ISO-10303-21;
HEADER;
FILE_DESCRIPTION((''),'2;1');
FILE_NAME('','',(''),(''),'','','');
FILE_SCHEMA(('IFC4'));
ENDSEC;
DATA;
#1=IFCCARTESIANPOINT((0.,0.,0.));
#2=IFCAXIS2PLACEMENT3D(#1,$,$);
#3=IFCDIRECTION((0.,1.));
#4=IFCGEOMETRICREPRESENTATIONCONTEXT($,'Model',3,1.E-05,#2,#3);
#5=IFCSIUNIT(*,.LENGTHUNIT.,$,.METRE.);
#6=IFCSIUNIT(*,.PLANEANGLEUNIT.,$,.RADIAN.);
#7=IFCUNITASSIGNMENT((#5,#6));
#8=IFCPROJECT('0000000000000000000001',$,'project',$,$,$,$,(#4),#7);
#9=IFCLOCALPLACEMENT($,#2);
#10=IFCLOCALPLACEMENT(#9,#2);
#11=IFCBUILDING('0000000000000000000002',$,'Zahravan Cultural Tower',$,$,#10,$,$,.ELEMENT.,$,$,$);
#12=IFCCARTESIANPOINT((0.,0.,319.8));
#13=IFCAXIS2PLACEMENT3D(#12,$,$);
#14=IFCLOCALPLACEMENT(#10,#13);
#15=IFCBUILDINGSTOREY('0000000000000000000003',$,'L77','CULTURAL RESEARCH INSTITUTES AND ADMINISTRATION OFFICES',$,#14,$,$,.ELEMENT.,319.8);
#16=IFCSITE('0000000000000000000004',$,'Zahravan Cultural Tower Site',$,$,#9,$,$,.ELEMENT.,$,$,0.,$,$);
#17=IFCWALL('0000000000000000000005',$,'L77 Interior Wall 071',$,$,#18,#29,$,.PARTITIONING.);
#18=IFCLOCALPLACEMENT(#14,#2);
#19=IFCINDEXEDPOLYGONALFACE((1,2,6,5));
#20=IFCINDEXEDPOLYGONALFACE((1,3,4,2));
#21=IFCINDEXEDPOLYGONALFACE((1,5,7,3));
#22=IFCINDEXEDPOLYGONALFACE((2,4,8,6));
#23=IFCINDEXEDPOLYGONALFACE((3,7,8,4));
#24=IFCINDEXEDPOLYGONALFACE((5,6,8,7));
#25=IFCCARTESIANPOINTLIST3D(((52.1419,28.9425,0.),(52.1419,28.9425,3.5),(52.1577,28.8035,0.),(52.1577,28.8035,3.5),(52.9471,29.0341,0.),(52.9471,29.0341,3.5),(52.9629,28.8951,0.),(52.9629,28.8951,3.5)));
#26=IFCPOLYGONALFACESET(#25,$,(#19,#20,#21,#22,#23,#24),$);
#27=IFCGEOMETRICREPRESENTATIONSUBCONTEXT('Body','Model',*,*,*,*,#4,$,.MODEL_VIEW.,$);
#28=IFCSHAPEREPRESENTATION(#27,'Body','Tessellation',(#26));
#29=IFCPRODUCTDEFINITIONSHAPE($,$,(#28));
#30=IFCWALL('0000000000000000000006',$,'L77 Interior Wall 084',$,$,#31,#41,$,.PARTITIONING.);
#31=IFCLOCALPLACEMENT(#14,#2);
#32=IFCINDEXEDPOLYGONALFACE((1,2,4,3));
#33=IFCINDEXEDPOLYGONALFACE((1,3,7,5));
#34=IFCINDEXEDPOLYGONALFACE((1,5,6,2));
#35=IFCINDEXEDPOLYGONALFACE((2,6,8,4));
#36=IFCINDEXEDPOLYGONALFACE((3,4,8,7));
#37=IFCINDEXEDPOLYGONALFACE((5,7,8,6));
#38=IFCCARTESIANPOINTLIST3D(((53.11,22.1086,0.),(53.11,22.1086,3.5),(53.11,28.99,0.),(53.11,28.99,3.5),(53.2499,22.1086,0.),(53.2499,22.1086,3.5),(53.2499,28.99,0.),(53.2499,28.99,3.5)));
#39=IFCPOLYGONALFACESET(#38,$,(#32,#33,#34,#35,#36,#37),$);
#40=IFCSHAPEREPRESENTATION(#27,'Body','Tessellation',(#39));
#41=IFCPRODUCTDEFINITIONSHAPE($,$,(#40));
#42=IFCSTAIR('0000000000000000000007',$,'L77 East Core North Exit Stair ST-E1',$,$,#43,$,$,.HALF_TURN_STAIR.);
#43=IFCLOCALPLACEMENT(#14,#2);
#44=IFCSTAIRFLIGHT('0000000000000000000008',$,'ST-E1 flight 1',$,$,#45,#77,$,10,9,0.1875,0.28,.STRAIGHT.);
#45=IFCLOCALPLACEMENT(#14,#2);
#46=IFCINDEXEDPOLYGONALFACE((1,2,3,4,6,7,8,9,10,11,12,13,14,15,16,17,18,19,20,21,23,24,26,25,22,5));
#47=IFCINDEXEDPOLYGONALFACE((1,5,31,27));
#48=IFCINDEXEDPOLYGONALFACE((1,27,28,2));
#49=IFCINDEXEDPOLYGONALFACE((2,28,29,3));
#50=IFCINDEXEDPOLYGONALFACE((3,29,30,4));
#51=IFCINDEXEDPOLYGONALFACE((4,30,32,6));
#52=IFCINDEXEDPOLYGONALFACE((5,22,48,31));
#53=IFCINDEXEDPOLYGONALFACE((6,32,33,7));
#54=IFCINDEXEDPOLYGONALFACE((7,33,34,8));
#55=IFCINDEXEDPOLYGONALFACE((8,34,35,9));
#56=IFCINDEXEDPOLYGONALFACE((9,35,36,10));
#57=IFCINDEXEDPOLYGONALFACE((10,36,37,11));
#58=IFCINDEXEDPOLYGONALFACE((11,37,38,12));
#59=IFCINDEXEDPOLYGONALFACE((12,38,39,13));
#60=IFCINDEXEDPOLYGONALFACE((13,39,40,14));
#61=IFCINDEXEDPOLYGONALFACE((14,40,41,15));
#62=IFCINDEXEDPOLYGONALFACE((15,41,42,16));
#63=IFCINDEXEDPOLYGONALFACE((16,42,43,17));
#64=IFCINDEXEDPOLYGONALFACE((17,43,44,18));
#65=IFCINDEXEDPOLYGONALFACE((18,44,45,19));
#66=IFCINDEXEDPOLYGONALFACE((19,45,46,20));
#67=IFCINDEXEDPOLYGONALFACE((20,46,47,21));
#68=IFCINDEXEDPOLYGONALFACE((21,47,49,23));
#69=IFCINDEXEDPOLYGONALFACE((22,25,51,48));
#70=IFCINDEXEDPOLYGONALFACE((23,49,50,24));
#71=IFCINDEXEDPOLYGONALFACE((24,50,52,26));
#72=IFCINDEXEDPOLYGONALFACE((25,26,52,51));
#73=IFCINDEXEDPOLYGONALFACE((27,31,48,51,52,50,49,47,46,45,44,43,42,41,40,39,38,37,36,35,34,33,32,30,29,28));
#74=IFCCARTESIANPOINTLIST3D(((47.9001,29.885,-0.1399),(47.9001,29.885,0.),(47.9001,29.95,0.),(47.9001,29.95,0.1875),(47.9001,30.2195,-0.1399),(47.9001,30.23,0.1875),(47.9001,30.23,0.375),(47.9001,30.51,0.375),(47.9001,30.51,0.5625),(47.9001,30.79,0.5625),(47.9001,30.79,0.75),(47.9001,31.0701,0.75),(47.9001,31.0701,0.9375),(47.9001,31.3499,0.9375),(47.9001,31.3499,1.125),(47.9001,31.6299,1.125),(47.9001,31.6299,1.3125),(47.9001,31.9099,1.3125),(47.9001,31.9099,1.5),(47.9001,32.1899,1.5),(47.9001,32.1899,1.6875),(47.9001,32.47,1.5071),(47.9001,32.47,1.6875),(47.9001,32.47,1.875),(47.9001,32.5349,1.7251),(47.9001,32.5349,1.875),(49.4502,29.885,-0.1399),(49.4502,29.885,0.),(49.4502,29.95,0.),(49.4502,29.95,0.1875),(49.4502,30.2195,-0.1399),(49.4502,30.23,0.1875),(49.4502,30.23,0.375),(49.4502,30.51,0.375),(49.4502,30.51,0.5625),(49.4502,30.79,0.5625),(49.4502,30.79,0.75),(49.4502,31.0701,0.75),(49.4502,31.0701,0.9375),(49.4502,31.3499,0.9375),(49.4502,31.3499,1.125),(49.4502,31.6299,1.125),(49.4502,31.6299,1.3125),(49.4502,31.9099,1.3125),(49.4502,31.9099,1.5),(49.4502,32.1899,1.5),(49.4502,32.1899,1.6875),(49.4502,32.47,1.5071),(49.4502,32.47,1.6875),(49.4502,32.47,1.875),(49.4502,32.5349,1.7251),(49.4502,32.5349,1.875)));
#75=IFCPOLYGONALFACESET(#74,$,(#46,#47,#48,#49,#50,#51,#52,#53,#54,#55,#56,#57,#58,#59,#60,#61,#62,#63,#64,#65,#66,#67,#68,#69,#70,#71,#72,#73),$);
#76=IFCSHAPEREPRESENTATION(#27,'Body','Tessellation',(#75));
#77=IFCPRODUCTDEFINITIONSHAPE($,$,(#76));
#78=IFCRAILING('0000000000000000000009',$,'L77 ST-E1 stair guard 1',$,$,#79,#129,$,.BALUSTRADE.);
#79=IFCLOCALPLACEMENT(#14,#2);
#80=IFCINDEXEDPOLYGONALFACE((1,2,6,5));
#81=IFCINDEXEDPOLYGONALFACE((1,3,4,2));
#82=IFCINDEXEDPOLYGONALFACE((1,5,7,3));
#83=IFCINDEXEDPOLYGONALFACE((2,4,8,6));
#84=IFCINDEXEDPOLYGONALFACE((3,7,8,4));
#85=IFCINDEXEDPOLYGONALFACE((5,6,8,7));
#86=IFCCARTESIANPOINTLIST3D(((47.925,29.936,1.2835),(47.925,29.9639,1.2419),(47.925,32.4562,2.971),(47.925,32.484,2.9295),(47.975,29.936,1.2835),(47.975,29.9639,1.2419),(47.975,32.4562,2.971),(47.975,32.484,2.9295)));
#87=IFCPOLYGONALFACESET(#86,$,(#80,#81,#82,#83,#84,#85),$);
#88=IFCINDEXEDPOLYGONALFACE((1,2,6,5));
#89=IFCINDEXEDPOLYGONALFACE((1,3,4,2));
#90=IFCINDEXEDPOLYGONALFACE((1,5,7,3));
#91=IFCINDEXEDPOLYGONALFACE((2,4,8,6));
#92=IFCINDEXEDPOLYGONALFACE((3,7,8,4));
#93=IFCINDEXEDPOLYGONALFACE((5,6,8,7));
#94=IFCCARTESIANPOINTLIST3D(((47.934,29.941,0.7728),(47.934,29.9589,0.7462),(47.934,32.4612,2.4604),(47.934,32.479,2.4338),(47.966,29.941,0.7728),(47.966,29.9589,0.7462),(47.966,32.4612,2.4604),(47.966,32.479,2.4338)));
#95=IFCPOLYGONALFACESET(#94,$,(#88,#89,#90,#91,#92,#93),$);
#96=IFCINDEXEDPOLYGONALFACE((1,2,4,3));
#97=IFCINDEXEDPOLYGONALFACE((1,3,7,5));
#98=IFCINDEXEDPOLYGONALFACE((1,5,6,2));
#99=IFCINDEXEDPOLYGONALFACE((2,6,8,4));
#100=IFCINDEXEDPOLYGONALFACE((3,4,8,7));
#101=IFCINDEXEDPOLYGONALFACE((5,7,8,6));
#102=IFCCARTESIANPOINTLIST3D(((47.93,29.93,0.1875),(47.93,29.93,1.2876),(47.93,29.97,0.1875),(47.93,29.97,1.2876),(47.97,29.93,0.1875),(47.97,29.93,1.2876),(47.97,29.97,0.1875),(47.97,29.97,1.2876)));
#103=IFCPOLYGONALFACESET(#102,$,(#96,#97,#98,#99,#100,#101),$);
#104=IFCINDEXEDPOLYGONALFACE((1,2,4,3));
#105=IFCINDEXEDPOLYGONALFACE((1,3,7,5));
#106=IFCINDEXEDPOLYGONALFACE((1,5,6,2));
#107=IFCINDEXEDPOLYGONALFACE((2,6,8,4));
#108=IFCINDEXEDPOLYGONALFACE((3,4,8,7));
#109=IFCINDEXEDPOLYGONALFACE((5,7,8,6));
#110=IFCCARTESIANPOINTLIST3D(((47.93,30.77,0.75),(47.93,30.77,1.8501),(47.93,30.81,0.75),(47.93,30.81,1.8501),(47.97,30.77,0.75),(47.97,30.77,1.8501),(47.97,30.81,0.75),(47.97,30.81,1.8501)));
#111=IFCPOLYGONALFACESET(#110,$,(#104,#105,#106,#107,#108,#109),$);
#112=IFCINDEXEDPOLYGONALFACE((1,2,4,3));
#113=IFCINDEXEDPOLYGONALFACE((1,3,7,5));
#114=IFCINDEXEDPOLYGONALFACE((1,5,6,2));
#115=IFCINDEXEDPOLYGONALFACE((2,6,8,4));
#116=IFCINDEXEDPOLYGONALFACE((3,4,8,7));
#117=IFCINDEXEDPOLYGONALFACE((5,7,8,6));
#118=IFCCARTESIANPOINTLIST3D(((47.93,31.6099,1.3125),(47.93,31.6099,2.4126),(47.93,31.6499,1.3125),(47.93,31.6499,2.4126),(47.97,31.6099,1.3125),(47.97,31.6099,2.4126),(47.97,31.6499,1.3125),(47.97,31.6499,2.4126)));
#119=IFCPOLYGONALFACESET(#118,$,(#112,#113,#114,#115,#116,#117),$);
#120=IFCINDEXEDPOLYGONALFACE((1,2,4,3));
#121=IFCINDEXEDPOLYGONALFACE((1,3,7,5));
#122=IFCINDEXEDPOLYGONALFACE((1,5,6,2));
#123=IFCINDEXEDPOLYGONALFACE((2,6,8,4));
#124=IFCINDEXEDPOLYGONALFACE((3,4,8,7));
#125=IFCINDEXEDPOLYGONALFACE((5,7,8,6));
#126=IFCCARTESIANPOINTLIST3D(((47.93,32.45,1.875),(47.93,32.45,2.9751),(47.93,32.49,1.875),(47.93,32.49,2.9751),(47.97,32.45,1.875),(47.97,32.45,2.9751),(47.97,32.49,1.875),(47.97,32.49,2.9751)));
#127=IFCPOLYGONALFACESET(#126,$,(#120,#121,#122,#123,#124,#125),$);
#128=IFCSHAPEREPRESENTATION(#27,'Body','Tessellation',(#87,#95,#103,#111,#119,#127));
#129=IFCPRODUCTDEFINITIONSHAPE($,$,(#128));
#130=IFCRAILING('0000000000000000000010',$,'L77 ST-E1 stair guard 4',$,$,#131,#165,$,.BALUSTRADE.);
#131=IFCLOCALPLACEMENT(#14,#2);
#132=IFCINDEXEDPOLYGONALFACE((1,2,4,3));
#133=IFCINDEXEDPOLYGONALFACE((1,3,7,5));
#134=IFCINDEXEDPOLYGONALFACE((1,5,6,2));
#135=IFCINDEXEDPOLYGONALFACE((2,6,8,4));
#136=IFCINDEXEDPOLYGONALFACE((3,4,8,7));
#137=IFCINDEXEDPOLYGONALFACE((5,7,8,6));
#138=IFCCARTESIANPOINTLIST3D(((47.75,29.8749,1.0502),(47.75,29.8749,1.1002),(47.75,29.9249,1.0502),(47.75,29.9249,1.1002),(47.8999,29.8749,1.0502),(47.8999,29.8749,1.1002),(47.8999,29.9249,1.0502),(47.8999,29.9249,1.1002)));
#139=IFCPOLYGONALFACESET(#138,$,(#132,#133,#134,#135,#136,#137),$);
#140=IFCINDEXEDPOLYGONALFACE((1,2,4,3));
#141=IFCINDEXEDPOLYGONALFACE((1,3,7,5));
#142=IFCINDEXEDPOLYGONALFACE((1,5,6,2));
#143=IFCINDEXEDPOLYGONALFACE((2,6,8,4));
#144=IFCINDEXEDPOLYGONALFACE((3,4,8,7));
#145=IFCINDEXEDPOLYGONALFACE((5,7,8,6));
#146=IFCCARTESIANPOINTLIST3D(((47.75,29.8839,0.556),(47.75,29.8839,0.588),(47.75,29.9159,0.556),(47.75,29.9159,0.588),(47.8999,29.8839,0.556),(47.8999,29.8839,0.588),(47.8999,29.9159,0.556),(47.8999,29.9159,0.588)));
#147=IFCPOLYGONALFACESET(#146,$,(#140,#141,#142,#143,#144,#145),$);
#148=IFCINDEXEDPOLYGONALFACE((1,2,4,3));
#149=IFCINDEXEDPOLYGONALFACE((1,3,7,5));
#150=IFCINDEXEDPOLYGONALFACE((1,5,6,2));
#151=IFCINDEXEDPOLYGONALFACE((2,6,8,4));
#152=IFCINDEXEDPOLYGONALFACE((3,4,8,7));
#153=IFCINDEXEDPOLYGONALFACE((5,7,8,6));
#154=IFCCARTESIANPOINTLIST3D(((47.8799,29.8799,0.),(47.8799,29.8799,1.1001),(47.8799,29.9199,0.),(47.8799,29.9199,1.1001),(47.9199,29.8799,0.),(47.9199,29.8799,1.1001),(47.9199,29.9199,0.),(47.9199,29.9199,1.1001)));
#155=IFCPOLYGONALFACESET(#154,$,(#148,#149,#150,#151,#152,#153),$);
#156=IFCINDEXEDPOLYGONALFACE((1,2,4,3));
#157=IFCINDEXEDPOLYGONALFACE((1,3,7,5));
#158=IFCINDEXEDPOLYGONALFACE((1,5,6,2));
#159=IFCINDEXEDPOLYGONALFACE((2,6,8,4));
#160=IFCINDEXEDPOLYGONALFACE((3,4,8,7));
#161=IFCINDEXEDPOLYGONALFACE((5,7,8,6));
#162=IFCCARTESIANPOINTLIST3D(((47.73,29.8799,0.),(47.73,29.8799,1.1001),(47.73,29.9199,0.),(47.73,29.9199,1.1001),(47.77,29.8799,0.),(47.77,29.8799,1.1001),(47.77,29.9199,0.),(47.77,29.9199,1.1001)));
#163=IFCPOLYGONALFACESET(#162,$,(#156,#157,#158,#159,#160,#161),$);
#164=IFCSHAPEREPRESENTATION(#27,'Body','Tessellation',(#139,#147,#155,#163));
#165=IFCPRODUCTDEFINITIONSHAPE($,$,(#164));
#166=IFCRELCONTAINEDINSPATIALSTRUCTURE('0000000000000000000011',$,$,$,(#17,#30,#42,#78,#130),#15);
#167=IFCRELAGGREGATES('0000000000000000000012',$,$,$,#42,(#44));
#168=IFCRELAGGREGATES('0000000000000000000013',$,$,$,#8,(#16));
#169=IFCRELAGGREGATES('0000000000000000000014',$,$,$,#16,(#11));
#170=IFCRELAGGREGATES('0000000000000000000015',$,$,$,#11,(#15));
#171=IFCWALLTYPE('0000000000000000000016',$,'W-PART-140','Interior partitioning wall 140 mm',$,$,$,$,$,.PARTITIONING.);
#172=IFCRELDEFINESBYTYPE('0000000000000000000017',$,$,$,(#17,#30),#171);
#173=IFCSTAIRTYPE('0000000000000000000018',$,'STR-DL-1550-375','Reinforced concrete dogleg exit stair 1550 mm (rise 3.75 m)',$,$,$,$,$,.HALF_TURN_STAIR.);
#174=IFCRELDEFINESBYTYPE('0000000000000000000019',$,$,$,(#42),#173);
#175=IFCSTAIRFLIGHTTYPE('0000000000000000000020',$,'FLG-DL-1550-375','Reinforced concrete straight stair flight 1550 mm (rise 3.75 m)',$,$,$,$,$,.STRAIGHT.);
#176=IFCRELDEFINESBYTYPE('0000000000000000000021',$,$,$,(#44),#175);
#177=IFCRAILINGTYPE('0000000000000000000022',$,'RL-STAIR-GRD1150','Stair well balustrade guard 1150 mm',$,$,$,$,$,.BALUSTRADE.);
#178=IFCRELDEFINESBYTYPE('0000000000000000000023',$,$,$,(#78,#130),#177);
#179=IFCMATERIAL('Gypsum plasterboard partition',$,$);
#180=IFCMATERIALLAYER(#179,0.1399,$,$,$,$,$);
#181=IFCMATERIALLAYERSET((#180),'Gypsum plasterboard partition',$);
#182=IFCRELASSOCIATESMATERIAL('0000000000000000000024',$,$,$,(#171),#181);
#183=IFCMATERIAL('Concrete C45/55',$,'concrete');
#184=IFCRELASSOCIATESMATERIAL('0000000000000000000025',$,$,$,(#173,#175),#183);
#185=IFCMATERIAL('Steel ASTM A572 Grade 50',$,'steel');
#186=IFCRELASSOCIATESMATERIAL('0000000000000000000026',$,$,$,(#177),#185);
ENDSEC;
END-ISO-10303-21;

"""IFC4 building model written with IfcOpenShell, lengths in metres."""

from ifc_helpers import new_model, si_unit, direction, frame, frame_2d, origin, origin_2d, place, context, subcontext, project, spatial, polyline, rectangle, outline, extrude, source, transform, mapped, material, layer, layer_set, type_object, element, aggregate, save


model = new_model("IFC4")

# Units and contexts
model_context = context("Model", 3, precision=1e-05, world=origin(), true_north=direction((0.0, 1.0)))
body_context = subcontext(model_context, "Body", "Model", "MODEL_VIEW")
ifc_project = project(units=[si_unit("LENGTHUNIT", "METRE"), si_unit("PLANEANGLEUNIT", "RADIAN")], contexts=[model_context])

# Site, building, storey
site_placement = place(None, origin())
site = spatial("IfcSite", under=ifc_project, at=site_placement, Name="Zahravan Cultural Tower Site", CompositionType="ELEMENT", RefElevation=0.0)
building_placement = place(site_placement, origin())
building = spatial("IfcBuilding", under=site, at=building_placement, Name="Zahravan Cultural Tower", CompositionType="ELEMENT")
storey_placement = place(building_placement, frame((0.0, 0.0, 319.8)))
storey = spatial("IfcBuildingStorey", under=building, at=storey_placement, Name="L77", Description="CULTURAL RESEARCH INSTITUTES AND ADMINISTRATION OFFICES", CompositionType="ELEMENT", Elevation=319.8)

# Shared definitions
ifc_material_1 = material(Name="Gypsum plasterboard partition")
ifc_layer_1 = layer(ifc_material_1, 0.1399)
ifc_layer_set_1 = layer_set([ifc_layer_1], Name="Gypsum plasterboard partition")
wall_type_1 = type_object("IfcWallType", Name="W-PART-140", Description="Interior partitioning wall 140 mm", PredefinedType="PARTITIONING", material=ifc_layer_set_1)

# Walls
ifc_material_2 = material(Name="Concrete C45/55", Category="concrete")
shared_shape_1 = source(origin(), body_context, "Body", "SweptSolid", [
    extrude(rectangle(XDim=0.8103, YDim=0.1399, at=frame_2d((0.4053, 0.0))), origin(), (0.0, 0.0, 1.0), 3.5),
])
wall_1_placement = place(storey_placement, frame((52.9551, 28.9646, 0.0), z_axis=(0.0, 0.0, 1.0), x_axis=(-0.993598, -0.112977, 0.0)))
element("IfcWall", 1, at=wall_1_placement, inside=storey, type_object=wall_type_1, Name="L77 Interior Wall 071", PredefinedType="PARTITIONING", context=body_context, shape_type="MappedRepresentation", body=[
    mapped(shared_shape_1, transform((0.0, 0.0, 0.0), x_axis=(1.0, 0.0, 0.0), y_axis=(0.0, 1.0, 0.0), z_axis=(0.0, 0.0, 1.0), scale=1.0)),
])
shared_shape_2 = source(origin(), body_context, "Body", "SweptSolid", [
    extrude(rectangle(XDim=6.8813, YDim=0.1399, at=frame_2d((3.4407, 0.0))), origin(), (0.0, 0.0, 1.0), 3.5),
])
wall_2_placement = place(storey_placement, frame((53.1799, 28.99, 0.0), z_axis=(0.0, 0.0, 1.0), x_axis=(0.0, -1.0, 0.0)))
element("IfcWall", 2, at=wall_2_placement, inside=storey, type_object=wall_type_1, Name="L77 Interior Wall 084", PredefinedType="PARTITIONING", context=body_context, shape_type="MappedRepresentation", body=[
    mapped(shared_shape_2, transform((0.0, 0.0, 0.0), x_axis=(1.0, 0.0, 0.0), y_axis=(0.0, 1.0, 0.0), z_axis=(0.0, 0.0, 1.0), scale=1.0)),
])

# Stair, stair flight
stair_type = type_object("IfcStairType", Name="STR-DL-1550-375", Description="Reinforced concrete dogleg exit stair 1550 mm (rise 3.75 m)", PredefinedType="HALF_TURN_STAIR", material=ifc_material_2)
stair_placement = place(storey_placement, origin())
stair = element("IfcStair", 3, at=stair_placement, inside=storey, type_object=stair_type, Name="L77 East Core North Exit Stair ST-E1", PredefinedType="HALF_TURN_STAIR")
stair_flight_type = type_object("IfcStairFlightType", Name="FLG-DL-1550-375", Description="Reinforced concrete straight stair flight 1550 mm (rise 3.75 m)", PredefinedType="STRAIGHT", material=ifc_material_2)
stair_flight_placement = place(storey_placement, frame((48.675, 29.95, 0.0), z_axis=(0.0, 0.0, 1.0), x_axis=(0.0, 1.0, 0.0)))
stair_flight = element("IfcStairFlight", 4, at=stair_flight_placement, type_object=stair_flight_type, Name="ST-E1 flight 1", NumberOfRisers=10, NumberOfTreads=9, PredefinedType="STRAIGHT", RiserHeight=0.1875, TreadLength=0.28, context=body_context, shape_type="SweptSolid", body=[
    extrude(outline(polyline([(-0.0649, -0.1399), (-0.0649, 0.0), (0.0, 0.0), (0.0, 0.1875), (0.28, 0.1875), (0.28, 0.375), (0.5601, 0.375), (0.5601, 0.5625), (0.8401, 0.5625), (0.8401, 0.75), (1.1201, 0.75), (1.1201, 0.9375), (1.3999, 0.9375), (1.3999, 1.125), (1.6799, 1.125), (1.6799, 1.3125), (1.96, 1.3125), (1.96, 1.5), (2.24, 1.5), (2.24, 1.6875), (2.52, 1.6875), (2.52, 1.875), (2.585, 1.875), (2.585, 1.7251), (2.52, 1.5071), (0.2695, -0.1399), (-0.0649, -0.1399)])), frame((0.0, 0.7749, 0.0), z_axis=(0.0, -1.0, 0.0), x_axis=(1.0, 0.0, 0.0)), (0.0, 0.0, 1.0), 1.55),
])
aggregate(stair, [stair_flight])

# Railings
ifc_material_3 = material(Name="Steel ASTM A572 Grade 50", Category="steel")
railing_type_1 = type_object("IfcRailingType", Name="RL-STAIR-GRD1150", Description="Stair well balustrade guard 1150 mm", PredefinedType="BALUSTRADE", material=ifc_material_3)
railing_1_placement = place(storey_placement, frame((47.95, 29.95, 0.1875)))
element("IfcRailing", 5, at=railing_1_placement, inside=storey, type_object=railing_type_1, Name="L77 ST-E1 stair guard 1", PredefinedType="BALUSTRADE", context=body_context, shape_type="SweptSolid", body=[
    extrude(rectangle(XDim=0.05, YDim=0.05, at=origin_2d()), frame((0.0, 0.0, 1.0752), z_axis=(0.0, 0.830909, 0.556408), x_axis=(-1.0, 0.0, 0.0)), (0.0, 0.0, 1.0), 3.033),
    extrude(rectangle(XDim=0.032, YDim=0.032, at=origin_2d()), frame((0.0, 0.0, 0.572), z_axis=(0.0, 0.830909, 0.556408), x_axis=(-1.0, 0.0, 0.0)), (0.0, 0.0, 1.0), 3.033),
    extrude(rectangle(XDim=0.04, YDim=0.04, at=origin_2d()), origin(), (0.0, 0.0, 1.0), 1.1001),
    extrude(rectangle(XDim=0.04, YDim=0.04, at=origin_2d()), frame((0.0, 0.8401, 0.5625)), (0.0, 0.0, 1.0), 1.1001),
    extrude(rectangle(XDim=0.04, YDim=0.04, at=origin_2d()), frame((0.0, 1.6799, 1.125)), (0.0, 0.0, 1.0), 1.1001),
    extrude(rectangle(XDim=0.04, YDim=0.04, at=origin_2d()), frame((0.0, 2.52, 1.6875)), (0.0, 0.0, 1.0), 1.1001),
])
railing_2_placement = place(storey_placement, frame((47.8999, 29.8999, 0.0)))
element("IfcRailing", 6, at=railing_2_placement, inside=storey, type_object=railing_type_1, Name="L77 ST-E1 stair guard 4", PredefinedType="BALUSTRADE", context=body_context, shape_type="SweptSolid", body=[
    extrude(rectangle(XDim=0.05, YDim=0.05, at=origin_2d()), frame((0.0, 0.0, 1.0752), z_axis=(-1.0, 0.0, 0.0), x_axis=(0.0, -1.0, 0.0)), (0.0, 0.0, 1.0), 0.1499),
    extrude(rectangle(XDim=0.032, YDim=0.032, at=origin_2d()), frame((0.0, 0.0, 0.572), z_axis=(-1.0, 0.0, 0.0), x_axis=(0.0, -1.0, 0.0)), (0.0, 0.0, 1.0), 0.1499),
    extrude(rectangle(XDim=0.04, YDim=0.04, at=origin_2d()), origin(), (0.0, 0.0, 1.0), 1.1001),
    extrude(rectangle(XDim=0.04, YDim=0.04, at=origin_2d()), frame((-0.1499, 0.0, 0.0)), (0.0, 0.0, 1.0), 1.1001),
])

save(model, "model.ifc")
